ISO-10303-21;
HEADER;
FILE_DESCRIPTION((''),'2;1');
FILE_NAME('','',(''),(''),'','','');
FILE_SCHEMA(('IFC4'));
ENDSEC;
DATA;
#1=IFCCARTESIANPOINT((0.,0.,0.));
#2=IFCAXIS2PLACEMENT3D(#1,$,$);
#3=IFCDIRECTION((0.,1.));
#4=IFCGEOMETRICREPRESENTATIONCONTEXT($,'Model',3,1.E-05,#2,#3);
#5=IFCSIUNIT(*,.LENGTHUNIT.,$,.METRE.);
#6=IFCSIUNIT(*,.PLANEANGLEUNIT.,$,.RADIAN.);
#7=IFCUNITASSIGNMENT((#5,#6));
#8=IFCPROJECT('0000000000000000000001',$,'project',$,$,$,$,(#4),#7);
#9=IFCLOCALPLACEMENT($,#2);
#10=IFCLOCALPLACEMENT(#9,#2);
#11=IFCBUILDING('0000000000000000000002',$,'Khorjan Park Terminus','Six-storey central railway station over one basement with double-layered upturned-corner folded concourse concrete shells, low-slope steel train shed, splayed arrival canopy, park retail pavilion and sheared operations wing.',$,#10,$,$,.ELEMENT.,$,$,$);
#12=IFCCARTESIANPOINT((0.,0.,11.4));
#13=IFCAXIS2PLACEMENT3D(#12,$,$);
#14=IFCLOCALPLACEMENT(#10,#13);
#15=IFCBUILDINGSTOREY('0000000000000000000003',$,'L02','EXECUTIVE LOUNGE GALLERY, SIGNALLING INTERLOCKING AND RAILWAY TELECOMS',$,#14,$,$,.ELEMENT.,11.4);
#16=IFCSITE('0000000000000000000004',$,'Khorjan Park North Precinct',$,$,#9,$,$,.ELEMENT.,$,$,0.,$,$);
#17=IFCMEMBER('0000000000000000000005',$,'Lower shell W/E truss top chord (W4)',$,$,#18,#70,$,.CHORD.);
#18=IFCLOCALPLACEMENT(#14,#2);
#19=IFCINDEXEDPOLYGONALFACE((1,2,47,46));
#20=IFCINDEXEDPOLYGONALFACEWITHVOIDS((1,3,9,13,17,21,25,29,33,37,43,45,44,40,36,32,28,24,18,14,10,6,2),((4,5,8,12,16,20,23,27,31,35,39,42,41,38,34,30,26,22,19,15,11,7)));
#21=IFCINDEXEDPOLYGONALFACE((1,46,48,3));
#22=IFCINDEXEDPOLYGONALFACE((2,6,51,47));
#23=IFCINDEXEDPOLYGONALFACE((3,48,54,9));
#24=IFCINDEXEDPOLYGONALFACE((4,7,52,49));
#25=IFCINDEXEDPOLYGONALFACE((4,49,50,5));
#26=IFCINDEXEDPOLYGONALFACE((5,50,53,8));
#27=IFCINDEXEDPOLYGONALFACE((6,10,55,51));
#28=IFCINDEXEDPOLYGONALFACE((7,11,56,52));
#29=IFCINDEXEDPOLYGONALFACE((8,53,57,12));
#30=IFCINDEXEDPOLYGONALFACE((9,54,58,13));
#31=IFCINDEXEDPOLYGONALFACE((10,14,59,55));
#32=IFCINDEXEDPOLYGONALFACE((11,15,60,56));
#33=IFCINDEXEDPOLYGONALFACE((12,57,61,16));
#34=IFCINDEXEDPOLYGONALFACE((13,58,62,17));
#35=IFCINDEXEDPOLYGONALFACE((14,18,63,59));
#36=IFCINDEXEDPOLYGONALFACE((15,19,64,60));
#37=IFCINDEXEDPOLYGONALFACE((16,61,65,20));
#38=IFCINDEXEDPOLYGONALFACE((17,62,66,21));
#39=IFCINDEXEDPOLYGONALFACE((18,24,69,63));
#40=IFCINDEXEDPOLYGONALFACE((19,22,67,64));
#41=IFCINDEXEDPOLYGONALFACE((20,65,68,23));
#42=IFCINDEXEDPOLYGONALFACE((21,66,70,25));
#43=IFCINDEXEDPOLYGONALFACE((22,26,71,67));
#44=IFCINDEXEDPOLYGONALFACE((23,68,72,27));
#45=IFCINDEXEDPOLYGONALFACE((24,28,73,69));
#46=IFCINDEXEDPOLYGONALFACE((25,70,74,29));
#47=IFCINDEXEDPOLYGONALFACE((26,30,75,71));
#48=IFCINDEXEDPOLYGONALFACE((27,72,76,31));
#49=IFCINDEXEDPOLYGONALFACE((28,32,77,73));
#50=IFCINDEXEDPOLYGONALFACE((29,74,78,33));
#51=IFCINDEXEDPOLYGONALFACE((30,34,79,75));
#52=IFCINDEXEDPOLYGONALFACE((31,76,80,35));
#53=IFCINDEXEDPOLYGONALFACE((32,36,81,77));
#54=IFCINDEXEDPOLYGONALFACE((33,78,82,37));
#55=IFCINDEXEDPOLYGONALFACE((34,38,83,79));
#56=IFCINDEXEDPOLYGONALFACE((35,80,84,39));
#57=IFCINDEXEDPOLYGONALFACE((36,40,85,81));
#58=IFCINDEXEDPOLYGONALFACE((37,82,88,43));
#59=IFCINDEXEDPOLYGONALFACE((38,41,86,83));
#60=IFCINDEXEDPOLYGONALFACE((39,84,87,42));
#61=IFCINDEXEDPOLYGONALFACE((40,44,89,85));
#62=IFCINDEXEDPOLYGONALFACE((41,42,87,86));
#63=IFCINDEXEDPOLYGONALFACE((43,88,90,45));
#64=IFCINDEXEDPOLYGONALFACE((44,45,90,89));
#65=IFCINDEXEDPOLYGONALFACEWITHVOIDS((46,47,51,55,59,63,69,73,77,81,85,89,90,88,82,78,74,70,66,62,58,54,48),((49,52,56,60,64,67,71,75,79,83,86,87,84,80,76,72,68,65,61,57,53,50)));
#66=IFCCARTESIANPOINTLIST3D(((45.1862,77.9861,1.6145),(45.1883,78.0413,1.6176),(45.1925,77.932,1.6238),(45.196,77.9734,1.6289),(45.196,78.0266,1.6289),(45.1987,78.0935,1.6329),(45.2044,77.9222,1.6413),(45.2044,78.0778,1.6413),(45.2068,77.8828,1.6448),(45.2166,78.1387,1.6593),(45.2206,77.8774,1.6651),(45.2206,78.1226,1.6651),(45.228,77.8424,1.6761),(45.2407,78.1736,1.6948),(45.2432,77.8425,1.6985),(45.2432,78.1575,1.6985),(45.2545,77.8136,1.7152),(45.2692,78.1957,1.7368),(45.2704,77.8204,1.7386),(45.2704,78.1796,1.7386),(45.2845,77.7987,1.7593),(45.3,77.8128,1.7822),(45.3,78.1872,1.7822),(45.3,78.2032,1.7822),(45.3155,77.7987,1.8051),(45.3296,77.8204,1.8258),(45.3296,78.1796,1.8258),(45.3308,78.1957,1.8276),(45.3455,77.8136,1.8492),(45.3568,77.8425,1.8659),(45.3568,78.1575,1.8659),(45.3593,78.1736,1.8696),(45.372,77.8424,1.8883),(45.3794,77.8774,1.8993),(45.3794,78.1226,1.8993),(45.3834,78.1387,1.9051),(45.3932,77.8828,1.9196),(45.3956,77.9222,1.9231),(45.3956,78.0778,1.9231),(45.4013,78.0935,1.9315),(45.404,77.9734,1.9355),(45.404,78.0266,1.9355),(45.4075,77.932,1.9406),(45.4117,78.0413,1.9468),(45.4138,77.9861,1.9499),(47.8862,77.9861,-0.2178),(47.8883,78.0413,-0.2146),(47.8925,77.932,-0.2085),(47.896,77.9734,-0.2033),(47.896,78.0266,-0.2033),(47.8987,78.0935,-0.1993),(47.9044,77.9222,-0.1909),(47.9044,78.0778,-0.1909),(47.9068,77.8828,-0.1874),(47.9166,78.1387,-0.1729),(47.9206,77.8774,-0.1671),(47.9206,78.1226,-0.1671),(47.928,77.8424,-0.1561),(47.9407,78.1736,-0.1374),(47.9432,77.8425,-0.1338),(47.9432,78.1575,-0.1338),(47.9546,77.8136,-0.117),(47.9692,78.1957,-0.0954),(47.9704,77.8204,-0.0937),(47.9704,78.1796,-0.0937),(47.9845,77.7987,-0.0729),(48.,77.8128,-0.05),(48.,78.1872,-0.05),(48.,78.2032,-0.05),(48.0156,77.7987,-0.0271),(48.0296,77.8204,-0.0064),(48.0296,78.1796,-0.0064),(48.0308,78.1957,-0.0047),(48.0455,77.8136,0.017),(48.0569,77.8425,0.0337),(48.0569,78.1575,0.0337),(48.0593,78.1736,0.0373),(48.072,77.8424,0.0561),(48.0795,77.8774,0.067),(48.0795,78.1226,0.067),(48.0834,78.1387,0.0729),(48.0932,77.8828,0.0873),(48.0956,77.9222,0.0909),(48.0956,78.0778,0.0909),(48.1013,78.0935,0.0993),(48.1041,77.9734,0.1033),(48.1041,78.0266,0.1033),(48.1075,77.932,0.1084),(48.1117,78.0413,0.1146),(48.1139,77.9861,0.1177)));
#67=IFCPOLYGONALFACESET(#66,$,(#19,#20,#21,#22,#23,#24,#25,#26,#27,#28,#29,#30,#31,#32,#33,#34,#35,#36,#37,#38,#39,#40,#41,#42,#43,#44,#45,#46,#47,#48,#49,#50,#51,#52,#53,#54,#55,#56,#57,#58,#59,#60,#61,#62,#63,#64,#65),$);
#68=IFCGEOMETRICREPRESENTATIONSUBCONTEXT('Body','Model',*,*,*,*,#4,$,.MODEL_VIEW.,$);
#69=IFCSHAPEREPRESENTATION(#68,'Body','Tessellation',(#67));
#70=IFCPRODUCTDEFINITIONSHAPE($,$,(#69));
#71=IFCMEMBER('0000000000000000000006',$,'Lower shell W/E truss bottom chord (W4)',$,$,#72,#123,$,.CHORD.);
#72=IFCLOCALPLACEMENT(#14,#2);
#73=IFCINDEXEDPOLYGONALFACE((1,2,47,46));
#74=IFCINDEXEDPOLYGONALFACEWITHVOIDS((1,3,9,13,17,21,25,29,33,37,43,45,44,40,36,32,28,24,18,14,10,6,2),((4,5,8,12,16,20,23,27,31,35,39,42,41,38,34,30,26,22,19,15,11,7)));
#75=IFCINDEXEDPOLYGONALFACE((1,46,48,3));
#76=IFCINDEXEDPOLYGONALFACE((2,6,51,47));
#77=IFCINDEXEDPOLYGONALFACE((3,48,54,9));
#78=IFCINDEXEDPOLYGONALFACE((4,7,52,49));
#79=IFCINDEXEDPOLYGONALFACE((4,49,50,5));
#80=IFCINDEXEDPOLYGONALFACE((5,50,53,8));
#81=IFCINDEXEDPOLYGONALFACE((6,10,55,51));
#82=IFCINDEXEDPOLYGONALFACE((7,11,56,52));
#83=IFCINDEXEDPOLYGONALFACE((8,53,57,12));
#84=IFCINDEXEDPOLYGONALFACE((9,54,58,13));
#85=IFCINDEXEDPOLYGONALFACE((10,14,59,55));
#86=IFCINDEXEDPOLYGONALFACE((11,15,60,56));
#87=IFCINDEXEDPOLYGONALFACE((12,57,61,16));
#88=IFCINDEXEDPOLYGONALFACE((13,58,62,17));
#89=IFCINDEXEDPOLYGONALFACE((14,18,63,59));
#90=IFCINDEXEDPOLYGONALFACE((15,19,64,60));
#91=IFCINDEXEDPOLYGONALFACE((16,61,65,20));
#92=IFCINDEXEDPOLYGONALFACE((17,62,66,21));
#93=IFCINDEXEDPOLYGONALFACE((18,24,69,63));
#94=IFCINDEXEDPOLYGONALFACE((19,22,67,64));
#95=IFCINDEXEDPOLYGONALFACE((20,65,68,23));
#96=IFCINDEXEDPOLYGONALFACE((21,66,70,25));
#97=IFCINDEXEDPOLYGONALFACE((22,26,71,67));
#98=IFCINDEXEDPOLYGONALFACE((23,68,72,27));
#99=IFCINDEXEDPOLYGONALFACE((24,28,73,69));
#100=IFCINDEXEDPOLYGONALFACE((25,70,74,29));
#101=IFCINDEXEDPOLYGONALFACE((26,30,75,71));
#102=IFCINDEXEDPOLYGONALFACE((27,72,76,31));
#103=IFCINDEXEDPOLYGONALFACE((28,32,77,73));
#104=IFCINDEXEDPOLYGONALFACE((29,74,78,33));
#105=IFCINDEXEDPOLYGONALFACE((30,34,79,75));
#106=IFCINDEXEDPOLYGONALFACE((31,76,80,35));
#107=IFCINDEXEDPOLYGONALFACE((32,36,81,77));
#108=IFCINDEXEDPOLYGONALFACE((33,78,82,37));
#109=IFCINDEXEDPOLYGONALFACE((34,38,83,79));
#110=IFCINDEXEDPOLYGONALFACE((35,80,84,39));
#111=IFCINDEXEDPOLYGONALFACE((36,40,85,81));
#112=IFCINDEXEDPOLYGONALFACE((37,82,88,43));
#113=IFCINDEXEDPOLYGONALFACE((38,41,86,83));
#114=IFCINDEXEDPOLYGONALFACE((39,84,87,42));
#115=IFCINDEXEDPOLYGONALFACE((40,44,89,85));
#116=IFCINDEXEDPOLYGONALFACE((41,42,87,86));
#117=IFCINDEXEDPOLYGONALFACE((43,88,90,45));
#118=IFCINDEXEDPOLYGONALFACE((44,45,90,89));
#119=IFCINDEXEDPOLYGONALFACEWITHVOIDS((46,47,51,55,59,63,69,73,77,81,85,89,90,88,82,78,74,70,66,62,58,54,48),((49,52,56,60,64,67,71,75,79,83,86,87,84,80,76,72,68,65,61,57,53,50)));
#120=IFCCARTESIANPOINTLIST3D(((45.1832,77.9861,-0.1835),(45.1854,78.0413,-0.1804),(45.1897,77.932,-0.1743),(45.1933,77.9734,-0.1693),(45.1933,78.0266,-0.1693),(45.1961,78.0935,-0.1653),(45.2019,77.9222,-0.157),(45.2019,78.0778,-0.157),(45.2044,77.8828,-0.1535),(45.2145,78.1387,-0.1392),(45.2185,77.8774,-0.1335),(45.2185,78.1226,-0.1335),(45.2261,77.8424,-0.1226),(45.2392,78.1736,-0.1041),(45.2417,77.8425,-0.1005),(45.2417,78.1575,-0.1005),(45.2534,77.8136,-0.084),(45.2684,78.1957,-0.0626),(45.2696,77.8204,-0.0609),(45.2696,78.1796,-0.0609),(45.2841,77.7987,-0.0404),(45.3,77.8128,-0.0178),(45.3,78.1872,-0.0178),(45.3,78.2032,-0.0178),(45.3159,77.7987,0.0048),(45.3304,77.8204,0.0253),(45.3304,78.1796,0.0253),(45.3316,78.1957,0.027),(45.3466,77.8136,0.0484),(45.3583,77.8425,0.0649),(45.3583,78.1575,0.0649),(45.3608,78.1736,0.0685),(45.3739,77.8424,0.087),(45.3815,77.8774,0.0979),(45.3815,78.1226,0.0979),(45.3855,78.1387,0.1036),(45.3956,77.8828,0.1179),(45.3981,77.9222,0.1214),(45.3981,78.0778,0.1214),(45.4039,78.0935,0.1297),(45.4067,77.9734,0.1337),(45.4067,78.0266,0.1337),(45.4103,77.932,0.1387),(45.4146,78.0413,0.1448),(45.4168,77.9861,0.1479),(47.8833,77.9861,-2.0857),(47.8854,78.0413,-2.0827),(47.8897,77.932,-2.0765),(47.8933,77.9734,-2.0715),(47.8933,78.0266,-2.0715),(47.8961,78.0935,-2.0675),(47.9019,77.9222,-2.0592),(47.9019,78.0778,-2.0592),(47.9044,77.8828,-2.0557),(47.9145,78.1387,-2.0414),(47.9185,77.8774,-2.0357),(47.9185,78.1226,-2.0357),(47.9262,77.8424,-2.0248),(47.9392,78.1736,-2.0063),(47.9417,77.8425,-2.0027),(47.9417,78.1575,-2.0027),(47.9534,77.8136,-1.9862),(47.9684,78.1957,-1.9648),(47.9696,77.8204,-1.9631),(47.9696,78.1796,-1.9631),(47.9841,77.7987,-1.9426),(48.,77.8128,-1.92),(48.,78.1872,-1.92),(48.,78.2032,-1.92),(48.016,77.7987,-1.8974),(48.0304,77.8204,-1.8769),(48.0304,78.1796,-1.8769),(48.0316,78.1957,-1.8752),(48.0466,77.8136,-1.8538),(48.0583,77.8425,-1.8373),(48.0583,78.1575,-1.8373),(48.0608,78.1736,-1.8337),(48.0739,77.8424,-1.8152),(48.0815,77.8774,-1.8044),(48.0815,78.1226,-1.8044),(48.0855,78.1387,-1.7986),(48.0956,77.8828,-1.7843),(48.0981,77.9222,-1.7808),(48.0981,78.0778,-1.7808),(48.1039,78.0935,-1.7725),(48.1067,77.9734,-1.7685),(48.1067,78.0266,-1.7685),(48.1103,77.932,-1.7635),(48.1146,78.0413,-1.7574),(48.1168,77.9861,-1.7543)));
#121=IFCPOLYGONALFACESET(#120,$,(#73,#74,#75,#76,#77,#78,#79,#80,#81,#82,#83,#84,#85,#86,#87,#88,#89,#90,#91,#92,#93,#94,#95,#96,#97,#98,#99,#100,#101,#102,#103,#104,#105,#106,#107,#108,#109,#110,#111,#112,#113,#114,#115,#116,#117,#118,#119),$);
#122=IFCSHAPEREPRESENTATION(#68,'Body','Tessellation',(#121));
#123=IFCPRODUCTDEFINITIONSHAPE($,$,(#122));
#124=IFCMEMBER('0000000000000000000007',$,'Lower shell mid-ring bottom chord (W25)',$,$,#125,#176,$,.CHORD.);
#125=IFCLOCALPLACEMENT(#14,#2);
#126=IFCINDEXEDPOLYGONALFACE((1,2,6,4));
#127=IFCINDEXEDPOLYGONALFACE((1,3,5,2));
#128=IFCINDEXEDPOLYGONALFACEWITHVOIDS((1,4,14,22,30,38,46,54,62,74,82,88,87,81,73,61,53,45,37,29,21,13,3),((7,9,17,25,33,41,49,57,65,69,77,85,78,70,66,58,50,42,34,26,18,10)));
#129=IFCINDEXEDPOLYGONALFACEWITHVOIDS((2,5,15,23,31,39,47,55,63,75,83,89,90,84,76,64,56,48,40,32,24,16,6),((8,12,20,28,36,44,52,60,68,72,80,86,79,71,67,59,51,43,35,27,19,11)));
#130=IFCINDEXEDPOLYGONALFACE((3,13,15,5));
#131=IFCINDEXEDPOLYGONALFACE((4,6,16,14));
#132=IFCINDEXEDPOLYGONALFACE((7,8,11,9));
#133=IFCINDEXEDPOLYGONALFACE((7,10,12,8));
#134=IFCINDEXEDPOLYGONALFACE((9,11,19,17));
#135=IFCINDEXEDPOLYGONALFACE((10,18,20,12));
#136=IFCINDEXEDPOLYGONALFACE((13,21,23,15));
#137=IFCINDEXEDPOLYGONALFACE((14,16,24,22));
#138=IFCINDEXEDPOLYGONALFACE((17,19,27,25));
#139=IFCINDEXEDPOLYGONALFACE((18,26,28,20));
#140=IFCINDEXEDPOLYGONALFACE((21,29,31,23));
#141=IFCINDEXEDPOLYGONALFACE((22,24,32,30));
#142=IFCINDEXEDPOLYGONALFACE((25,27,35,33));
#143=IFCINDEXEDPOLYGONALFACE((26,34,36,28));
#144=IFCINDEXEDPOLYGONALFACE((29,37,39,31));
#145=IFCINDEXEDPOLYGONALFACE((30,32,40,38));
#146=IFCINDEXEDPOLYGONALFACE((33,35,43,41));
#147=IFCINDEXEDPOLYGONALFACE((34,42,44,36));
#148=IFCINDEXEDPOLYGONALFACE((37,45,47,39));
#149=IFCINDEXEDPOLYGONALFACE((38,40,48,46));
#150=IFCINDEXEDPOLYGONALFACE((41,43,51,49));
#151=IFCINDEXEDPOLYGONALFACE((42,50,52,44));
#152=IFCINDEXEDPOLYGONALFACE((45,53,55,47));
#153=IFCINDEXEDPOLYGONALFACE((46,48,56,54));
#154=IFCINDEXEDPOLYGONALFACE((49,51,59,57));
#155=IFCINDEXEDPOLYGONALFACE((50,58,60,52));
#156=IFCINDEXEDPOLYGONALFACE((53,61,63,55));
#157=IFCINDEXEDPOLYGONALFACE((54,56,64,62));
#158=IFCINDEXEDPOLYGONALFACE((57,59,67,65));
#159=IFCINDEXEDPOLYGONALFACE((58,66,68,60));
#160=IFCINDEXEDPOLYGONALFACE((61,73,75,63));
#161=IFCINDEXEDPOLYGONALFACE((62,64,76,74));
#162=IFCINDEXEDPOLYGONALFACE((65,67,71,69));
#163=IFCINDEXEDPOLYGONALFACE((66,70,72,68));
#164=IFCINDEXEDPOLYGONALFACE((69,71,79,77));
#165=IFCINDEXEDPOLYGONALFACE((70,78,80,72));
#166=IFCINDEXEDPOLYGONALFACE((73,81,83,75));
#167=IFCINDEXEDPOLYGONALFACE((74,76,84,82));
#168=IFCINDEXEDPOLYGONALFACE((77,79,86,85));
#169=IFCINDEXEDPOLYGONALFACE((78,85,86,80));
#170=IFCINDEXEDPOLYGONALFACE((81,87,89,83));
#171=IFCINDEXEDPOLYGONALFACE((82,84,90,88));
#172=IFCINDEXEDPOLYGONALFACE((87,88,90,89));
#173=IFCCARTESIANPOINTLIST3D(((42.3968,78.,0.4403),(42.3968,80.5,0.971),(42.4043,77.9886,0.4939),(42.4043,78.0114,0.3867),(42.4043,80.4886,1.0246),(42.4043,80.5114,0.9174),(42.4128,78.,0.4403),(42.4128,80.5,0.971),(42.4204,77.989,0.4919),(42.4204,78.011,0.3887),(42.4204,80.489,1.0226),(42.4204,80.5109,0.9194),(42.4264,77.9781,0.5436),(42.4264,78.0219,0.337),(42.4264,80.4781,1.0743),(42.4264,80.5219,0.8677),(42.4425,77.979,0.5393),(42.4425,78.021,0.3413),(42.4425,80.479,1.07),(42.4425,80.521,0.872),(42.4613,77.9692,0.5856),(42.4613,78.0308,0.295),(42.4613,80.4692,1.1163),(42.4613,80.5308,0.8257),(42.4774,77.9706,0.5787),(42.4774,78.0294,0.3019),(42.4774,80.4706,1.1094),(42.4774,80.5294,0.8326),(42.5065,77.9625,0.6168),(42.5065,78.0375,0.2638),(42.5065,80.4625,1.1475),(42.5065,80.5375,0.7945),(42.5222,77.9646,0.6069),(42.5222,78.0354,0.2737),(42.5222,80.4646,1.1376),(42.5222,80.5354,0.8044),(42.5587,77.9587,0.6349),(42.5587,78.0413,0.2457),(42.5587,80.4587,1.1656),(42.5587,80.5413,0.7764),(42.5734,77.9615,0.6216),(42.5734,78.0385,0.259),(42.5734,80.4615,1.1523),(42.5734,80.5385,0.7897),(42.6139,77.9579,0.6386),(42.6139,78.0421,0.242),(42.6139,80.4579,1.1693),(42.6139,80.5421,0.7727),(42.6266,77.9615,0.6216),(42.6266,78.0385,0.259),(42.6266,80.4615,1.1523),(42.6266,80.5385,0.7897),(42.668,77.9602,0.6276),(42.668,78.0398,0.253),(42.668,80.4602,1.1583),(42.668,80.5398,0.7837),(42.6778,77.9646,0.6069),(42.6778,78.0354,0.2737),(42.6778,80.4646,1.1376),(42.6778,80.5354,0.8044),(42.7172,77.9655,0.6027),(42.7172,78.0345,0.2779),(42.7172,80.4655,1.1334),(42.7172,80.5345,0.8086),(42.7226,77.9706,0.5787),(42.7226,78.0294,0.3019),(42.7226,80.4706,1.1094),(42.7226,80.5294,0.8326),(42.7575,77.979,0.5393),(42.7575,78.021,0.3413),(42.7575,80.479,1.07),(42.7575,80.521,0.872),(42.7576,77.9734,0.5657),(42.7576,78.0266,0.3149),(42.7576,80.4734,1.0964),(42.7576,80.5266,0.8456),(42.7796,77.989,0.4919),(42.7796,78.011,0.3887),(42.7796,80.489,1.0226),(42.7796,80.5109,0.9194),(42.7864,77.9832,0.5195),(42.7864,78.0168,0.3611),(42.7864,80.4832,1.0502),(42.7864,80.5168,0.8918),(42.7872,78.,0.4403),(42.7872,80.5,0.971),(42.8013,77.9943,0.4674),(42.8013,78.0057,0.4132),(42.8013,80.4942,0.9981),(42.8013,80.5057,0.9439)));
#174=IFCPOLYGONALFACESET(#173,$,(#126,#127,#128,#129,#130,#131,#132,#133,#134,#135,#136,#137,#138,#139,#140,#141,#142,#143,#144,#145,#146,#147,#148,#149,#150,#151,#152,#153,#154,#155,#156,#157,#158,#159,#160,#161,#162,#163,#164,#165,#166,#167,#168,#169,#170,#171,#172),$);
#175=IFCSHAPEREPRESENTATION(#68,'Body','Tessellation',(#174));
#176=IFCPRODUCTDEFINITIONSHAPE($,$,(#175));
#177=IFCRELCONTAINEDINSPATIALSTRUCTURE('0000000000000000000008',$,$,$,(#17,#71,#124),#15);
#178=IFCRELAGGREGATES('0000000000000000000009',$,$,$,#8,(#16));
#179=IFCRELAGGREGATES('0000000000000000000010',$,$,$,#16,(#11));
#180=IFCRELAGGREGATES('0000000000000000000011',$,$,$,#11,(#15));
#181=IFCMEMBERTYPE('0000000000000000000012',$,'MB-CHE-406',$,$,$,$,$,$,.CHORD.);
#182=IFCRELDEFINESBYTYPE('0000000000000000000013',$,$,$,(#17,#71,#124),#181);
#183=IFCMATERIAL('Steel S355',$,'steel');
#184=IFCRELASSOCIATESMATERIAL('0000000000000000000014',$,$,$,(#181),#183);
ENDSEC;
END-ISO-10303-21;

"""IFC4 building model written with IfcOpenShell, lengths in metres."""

from ifc_helpers import new_model, si_unit, direction, frame, origin, origin_2d, place, context, subcontext, project, spatial, hollow_circle, extrude, material, material_profile, profile_set, type_object, element, save


model = new_model("IFC4")

# Units and contexts
model_context = context("Model", 3, precision=1e-05, world=origin(), true_north=direction((0.0, 1.0)))
body_context = subcontext(model_context, "Body", "Model", "MODEL_VIEW")
ifc_project = project(units=[si_unit("LENGTHUNIT", "METRE"), si_unit("PLANEANGLEUNIT", "RADIAN")], contexts=[model_context])

# Site, building, storey
site_placement = place(None, origin())
site = spatial("IfcSite", under=ifc_project, at=site_placement, Name="Khorjan Park North Precinct", CompositionType="ELEMENT", RefElevation=0.0)
building_placement = place(site_placement, origin())
building = spatial("IfcBuilding", under=site, at=building_placement, Name="Khorjan Park Terminus", Description="Six-storey central railway station over one basement with double-layered upturned-corner folded concourse concrete shells, low-slope steel train shed, splayed arrival canopy, park retail pavilion and sheared operations wing.", CompositionType="ELEMENT")
storey_placement = place(building_placement, frame((0.0, 0.0, 11.4)))
storey = spatial("IfcBuildingStorey", under=building, at=storey_placement, Name="L02", Description="EXECUTIVE LOUNGE GALLERY, SIGNALLING INTERLOCKING AND RAILWAY TELECOMS", CompositionType="ELEMENT", Elevation=11.4)

# Shared definitions
ifc_material_1 = material(Name="Steel S355", Category="steel")

# Members
ifc_material_profile_1 = material_profile(ifc_material_1, hollow_circle(Radius=0.2032, WallThickness=0.016, at=origin_2d()), Name="CHS 406.4x16")
ifc_profile_set_1 = profile_set([ifc_material_profile_1], Name="Steel S355")
member_type_1 = type_object("IfcMemberType", Name="MB-CHE-406", PredefinedType="CHORD", material=ifc_profile_set_1)
member_1_placement = place(storey_placement, frame((45.3, 78.0, 1.7822), z_axis=(0.827468, 0.0, -0.561513), x_axis=(0.0, 1.0, 0.0)))
element("IfcMember", 1, at=member_1_placement, inside=storey, type_object=member_type_1, Name="Lower shell W/E truss top chord (W4)", PredefinedType="CHORD", context=body_context, shape_type="SweptSolid", body=[
    extrude(hollow_circle(Radius=0.2032, WallThickness=0.016, at=origin_2d()), origin(), (0.0, 0.0, 1.0), 3.263),
])
member_2_placement = place(storey_placement, frame((45.3, 78.0, -0.0178), z_axis=(0.817493, 0.0, -0.575939), x_axis=(0.0, 1.0, 0.0)))
element("IfcMember", 2, at=member_2_placement, inside=storey, type_object=member_type_1, Name="Lower shell W/E truss bottom chord (W4)", PredefinedType="CHORD", context=body_context, shape_type="SweptSolid", body=[
    extrude(hollow_circle(Radius=0.2032, WallThickness=0.016, at=origin_2d()), origin(), (0.0, 0.0, 1.0), 3.3028),
])
for number, where, z_axis, x_axis, name in (
    (3, (42.6, 78.0, 0.4403), (0.0, 0.978203, 0.207653), (-1.0, 0.0, 0.0), "Lower shell mid-ring bottom chord (W25)"),
):
    element("IfcMember", number, at=place(storey_placement, frame(where, z_axis=z_axis, x_axis=x_axis)), inside=storey, type_object=member_type_1, Name=name, PredefinedType="CHORD", context=body_context, shape_type="SweptSolid", body=[
        extrude(hollow_circle(Radius=0.2032, WallThickness=0.016, at=origin_2d()), origin(), (0.0, 0.0, 1.0), 2.5557),
    ])

save(model, "model.ifc")
